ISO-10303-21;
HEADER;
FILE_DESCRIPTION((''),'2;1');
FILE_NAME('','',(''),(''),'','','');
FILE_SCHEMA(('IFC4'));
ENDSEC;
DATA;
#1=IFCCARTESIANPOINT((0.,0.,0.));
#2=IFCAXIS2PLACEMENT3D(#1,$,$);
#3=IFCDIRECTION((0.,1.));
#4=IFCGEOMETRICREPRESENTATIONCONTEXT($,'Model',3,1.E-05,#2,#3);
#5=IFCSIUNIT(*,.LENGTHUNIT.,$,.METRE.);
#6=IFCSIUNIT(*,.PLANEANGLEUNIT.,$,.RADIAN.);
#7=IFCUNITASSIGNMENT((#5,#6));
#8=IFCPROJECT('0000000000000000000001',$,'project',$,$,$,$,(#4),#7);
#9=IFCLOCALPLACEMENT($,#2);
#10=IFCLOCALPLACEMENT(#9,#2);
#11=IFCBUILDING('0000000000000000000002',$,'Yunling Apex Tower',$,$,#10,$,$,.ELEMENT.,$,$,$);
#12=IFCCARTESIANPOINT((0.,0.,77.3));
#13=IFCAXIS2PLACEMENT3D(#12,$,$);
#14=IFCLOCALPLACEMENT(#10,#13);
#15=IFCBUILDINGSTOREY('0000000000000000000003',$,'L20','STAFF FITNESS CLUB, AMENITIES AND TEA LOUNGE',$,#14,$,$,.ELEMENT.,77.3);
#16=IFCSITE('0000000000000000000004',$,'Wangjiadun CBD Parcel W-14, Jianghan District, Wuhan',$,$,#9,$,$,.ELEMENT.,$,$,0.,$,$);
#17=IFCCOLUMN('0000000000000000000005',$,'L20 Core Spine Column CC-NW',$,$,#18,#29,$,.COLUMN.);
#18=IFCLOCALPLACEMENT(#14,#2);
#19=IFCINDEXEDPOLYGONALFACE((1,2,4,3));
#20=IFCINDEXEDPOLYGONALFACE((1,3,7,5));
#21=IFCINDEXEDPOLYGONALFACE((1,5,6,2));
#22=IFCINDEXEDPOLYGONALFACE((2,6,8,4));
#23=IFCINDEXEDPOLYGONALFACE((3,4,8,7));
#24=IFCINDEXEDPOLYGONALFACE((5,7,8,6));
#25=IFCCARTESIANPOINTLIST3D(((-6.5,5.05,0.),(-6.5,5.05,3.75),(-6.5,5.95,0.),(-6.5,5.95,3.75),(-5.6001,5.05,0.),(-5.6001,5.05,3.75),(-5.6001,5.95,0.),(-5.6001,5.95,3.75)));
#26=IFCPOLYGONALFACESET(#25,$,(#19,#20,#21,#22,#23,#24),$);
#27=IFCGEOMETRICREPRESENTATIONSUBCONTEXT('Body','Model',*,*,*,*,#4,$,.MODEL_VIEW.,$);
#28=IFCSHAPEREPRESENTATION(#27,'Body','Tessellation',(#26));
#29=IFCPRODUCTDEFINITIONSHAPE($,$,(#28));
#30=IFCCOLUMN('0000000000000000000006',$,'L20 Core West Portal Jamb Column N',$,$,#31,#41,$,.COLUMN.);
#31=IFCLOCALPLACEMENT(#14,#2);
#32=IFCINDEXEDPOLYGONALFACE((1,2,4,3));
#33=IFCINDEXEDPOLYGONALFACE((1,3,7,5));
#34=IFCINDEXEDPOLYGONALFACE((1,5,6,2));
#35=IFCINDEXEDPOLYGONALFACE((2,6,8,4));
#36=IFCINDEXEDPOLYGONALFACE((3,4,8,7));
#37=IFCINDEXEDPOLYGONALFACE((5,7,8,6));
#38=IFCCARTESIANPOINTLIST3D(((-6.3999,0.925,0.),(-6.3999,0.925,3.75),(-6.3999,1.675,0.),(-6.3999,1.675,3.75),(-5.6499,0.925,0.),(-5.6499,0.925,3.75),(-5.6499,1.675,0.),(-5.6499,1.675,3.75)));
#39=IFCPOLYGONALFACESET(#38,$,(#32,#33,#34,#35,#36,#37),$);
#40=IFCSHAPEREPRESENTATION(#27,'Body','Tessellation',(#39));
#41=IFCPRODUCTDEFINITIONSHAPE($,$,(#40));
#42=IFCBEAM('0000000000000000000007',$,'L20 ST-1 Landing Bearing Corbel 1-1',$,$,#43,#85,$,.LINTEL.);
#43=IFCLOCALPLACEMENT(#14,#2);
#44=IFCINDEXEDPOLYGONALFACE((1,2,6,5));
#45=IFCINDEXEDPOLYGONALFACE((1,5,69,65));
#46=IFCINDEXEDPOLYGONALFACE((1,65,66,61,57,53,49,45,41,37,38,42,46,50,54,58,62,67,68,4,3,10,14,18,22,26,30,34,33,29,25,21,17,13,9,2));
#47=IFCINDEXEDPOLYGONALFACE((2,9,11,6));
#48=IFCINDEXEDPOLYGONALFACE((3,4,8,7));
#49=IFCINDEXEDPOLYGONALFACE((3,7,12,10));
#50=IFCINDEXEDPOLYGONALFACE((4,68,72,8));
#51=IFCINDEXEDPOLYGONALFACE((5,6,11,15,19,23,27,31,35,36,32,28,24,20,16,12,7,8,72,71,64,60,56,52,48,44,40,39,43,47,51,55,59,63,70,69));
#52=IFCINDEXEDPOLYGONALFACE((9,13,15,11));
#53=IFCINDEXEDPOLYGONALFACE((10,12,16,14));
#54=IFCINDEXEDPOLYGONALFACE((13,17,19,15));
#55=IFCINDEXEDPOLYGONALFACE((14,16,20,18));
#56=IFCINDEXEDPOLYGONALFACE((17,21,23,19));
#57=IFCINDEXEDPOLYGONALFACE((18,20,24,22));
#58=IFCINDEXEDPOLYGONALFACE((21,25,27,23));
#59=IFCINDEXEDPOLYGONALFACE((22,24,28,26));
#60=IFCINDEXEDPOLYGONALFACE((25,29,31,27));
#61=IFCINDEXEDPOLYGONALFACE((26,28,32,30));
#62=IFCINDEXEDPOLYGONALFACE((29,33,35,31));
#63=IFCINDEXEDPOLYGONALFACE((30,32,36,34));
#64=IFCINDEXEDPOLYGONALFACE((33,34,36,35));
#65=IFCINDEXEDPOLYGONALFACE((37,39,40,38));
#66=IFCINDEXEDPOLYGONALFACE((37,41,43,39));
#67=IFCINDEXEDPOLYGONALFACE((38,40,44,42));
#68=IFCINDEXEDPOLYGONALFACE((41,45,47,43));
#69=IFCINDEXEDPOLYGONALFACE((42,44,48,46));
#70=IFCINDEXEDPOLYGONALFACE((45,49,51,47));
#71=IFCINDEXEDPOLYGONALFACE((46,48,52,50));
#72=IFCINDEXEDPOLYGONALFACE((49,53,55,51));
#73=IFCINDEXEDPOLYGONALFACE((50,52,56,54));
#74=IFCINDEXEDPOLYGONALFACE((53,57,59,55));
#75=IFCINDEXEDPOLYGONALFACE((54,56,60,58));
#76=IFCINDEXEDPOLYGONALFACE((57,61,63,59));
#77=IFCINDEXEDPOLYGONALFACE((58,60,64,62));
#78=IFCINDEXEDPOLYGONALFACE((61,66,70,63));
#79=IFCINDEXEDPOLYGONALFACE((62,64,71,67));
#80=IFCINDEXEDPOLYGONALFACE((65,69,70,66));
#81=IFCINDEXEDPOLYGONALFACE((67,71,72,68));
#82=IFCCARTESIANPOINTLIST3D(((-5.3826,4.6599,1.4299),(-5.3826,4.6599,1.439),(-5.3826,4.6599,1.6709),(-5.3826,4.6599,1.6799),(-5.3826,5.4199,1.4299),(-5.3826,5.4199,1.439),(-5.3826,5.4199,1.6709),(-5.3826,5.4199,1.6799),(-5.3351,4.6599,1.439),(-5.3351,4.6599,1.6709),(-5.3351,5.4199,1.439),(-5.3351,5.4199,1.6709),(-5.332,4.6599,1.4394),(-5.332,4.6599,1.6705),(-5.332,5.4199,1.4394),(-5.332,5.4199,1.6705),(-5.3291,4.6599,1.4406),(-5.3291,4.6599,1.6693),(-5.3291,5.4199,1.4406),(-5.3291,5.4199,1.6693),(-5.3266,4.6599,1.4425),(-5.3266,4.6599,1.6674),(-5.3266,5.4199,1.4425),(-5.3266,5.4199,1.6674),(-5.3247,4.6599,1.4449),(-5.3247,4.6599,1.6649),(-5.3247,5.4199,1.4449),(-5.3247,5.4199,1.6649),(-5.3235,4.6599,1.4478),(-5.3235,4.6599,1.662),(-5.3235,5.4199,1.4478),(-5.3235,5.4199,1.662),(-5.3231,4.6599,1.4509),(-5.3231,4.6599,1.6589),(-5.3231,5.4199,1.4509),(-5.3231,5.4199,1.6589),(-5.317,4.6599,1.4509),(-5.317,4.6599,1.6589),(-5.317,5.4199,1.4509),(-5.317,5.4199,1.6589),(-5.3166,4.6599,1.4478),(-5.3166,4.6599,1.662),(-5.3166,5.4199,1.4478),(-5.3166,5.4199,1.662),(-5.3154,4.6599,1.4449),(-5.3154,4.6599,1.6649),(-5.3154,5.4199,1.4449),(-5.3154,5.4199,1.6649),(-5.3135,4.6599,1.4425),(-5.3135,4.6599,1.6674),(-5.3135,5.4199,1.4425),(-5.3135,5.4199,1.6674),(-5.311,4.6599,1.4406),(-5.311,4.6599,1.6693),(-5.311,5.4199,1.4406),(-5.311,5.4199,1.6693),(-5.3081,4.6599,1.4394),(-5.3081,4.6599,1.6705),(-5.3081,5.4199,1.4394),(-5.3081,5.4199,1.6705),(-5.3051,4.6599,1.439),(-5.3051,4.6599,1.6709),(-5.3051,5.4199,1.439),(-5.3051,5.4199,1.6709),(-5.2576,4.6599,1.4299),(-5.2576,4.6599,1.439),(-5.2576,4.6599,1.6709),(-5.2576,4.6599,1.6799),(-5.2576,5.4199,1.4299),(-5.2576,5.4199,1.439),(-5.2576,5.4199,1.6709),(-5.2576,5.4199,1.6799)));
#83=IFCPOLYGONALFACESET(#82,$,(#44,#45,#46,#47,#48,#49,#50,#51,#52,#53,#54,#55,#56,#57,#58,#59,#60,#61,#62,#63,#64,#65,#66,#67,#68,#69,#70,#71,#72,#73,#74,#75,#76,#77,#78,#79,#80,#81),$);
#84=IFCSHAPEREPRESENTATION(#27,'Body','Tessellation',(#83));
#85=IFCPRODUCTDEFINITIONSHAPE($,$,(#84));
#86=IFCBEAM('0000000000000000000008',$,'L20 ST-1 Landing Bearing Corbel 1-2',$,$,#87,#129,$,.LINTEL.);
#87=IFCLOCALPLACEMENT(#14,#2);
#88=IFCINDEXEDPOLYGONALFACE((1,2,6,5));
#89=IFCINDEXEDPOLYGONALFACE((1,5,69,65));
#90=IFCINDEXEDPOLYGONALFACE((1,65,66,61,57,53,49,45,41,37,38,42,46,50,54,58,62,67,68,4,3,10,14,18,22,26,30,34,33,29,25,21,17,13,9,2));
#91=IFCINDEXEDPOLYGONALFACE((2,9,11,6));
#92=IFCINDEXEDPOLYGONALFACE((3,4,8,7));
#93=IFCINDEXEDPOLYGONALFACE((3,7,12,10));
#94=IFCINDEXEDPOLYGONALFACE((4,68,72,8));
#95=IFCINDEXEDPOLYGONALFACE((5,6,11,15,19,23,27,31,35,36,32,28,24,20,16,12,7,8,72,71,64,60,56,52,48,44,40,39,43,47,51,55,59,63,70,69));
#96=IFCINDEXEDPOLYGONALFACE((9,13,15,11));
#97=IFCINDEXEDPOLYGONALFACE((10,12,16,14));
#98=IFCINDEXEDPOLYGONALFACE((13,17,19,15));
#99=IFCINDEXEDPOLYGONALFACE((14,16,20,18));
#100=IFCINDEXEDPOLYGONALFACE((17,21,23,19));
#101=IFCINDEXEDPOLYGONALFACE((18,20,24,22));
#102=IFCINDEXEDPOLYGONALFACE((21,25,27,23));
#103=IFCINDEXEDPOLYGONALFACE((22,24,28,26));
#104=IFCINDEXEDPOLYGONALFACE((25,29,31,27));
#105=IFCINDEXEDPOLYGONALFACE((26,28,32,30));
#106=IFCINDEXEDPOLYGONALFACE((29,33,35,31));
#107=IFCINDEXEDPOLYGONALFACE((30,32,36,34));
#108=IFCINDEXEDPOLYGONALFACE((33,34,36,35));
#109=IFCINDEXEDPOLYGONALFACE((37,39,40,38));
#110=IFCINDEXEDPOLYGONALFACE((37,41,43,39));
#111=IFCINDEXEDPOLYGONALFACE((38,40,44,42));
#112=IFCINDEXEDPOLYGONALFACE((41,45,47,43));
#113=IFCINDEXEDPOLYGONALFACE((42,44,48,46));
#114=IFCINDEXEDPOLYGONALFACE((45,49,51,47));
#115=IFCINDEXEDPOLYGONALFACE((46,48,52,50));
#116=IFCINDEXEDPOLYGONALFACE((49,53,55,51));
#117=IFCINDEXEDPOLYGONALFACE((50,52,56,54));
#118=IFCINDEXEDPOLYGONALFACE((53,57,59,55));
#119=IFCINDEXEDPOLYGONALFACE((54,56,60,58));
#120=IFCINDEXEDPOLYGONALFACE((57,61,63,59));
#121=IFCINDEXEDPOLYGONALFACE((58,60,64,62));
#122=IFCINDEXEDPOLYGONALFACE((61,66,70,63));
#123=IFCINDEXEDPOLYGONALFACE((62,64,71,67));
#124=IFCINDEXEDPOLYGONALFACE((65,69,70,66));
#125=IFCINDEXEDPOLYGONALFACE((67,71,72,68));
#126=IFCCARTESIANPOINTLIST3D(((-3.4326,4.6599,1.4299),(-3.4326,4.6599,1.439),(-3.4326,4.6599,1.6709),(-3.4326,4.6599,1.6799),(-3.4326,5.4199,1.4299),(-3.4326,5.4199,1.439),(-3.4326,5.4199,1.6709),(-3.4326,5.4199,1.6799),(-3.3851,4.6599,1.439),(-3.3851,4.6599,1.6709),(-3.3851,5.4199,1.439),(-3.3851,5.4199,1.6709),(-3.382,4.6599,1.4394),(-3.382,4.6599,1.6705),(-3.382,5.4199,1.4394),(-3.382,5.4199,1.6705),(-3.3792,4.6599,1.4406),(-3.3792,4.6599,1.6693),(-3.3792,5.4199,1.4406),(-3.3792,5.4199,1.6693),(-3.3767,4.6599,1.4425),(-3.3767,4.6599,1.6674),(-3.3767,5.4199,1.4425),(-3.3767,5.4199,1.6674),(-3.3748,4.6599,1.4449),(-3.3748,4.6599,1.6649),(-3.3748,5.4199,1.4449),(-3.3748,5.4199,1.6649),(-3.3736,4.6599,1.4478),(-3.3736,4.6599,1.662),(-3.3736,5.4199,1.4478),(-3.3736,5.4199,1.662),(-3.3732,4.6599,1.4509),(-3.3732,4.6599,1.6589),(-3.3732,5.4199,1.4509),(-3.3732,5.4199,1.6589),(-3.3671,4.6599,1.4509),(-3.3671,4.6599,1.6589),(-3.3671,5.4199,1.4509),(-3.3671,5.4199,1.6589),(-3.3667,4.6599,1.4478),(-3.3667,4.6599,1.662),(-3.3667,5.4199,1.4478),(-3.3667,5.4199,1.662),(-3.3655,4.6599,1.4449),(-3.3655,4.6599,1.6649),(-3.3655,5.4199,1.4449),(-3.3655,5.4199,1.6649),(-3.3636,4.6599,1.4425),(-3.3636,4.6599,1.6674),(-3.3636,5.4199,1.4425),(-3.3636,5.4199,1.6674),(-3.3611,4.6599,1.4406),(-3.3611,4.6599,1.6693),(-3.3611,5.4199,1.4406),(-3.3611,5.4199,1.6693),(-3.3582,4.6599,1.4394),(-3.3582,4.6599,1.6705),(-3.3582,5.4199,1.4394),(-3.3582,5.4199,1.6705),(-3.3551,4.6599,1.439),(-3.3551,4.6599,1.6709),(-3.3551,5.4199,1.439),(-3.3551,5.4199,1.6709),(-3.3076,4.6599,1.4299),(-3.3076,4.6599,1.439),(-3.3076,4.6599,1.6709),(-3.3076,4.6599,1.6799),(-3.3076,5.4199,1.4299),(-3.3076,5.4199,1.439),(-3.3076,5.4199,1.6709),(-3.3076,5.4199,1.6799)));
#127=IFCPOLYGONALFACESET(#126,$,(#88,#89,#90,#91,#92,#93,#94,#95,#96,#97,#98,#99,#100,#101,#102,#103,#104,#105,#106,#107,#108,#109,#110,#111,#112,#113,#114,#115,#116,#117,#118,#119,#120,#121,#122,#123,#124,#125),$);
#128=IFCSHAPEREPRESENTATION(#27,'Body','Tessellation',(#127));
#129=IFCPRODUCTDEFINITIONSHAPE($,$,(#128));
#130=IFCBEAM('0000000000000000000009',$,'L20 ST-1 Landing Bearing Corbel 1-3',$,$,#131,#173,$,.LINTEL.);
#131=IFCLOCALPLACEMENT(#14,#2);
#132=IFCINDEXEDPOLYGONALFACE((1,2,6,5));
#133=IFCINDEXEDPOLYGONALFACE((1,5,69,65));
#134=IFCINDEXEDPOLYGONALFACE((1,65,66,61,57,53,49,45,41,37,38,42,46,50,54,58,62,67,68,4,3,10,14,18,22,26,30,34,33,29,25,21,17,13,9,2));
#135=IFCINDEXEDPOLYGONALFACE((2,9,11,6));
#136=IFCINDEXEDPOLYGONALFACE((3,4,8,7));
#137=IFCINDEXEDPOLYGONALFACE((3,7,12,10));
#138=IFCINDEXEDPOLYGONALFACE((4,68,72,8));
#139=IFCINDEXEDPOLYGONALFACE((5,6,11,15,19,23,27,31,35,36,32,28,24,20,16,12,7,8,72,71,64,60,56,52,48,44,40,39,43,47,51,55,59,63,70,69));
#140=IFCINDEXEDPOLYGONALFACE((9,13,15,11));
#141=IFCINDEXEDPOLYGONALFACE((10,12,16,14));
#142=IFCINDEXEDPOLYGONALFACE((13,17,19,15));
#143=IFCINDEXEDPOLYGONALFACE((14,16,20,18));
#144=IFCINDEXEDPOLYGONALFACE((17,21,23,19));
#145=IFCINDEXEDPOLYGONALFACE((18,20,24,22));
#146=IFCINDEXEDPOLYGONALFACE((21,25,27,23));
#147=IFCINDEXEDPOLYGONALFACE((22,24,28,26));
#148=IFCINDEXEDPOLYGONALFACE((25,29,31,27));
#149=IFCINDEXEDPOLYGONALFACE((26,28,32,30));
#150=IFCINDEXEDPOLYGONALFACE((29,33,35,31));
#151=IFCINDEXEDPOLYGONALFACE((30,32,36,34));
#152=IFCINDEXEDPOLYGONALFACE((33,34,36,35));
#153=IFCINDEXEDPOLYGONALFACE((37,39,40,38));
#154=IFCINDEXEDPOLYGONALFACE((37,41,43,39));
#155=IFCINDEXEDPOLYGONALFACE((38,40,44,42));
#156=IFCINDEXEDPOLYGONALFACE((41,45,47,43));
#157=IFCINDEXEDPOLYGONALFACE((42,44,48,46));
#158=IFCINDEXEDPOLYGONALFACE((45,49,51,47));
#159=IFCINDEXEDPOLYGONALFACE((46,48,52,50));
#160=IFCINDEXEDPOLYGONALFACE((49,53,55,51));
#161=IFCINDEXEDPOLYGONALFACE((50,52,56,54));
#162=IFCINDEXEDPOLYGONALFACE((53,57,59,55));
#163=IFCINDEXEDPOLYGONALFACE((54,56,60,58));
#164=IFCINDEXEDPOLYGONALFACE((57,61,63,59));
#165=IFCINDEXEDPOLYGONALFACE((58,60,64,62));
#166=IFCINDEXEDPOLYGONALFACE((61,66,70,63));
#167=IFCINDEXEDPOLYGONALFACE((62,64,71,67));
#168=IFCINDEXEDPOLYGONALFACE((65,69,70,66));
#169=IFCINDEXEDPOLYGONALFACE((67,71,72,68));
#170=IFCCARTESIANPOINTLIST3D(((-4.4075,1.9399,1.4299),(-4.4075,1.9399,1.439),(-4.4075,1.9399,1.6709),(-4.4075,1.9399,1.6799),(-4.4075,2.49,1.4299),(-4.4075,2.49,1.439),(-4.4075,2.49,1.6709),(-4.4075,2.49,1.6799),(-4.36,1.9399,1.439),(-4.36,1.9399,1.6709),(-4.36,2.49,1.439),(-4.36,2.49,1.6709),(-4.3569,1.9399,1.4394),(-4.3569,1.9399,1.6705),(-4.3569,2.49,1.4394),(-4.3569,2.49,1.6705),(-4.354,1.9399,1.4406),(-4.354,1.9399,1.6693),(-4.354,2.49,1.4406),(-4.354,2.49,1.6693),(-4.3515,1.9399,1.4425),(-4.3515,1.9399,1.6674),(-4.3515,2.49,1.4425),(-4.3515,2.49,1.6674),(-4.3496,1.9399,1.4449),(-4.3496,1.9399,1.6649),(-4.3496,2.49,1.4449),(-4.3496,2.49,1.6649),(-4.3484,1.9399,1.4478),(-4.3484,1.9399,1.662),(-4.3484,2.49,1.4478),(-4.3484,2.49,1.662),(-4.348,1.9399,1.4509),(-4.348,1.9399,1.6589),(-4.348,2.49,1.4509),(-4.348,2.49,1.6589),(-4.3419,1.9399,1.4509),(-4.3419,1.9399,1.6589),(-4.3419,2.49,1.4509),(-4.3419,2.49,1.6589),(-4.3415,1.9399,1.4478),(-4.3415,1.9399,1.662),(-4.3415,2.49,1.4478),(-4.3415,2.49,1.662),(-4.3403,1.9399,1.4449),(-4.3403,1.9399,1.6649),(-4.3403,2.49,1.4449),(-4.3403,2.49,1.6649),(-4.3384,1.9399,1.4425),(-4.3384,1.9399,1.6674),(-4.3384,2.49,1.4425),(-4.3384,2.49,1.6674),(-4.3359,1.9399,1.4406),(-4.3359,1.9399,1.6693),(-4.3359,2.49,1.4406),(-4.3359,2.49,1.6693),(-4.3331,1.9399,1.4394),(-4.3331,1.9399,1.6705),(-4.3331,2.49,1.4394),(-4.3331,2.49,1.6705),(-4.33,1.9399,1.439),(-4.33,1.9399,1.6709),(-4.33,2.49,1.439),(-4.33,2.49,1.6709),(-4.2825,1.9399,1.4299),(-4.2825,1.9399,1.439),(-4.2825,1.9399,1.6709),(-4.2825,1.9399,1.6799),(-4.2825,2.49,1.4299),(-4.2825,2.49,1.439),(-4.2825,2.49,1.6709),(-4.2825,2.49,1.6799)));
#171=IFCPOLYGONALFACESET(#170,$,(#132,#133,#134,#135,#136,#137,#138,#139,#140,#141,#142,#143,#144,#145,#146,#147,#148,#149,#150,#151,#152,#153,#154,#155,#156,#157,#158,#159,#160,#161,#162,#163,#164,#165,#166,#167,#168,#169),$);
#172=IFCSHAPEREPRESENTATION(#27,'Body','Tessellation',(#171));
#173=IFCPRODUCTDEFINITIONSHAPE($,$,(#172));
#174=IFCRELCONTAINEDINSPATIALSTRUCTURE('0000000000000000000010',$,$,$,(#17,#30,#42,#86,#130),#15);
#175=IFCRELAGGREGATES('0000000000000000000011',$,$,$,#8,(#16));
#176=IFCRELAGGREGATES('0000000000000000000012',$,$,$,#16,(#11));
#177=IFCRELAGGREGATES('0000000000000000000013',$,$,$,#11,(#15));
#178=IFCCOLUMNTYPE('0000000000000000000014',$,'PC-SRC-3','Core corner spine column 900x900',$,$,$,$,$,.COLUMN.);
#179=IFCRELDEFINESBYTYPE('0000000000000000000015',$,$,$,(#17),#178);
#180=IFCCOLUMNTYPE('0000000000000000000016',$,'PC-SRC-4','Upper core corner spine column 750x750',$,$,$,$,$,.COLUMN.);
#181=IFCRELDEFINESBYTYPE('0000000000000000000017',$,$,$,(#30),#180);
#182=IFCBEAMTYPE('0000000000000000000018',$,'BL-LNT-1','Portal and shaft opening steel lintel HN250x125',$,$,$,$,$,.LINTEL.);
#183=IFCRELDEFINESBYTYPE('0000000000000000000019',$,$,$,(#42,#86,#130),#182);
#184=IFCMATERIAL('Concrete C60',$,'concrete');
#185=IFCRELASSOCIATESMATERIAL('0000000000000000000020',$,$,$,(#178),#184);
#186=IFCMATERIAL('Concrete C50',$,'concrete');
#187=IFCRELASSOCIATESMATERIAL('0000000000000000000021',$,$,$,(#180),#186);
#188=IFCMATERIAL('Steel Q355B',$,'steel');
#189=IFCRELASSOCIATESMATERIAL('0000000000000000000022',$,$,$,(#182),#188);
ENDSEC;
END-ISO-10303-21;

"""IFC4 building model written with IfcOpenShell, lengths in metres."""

from ifc_helpers import new_model, si_unit, direction, frame, origin, origin_2d, place, context, subcontext, project, spatial, rectangle, i_section, extrude, source, transform, mapped, material, material_profile, profile_set, type_object, element, save


model = new_model("IFC4")

# Units and contexts
model_context = context("Model", 3, precision=1e-05, world=origin(), true_north=direction((0.0, 1.0)))
body_context = subcontext(model_context, "Body", "Model", "MODEL_VIEW")
ifc_project = project(units=[si_unit("LENGTHUNIT", "METRE"), si_unit("PLANEANGLEUNIT", "RADIAN")], contexts=[model_context])

# Site, building, storey
site_placement = place(None, origin())
site = spatial("IfcSite", under=ifc_project, at=site_placement, Name="Wangjiadun CBD Parcel W-14, Jianghan District, Wuhan", CompositionType="ELEMENT", RefElevation=0.0)
building_placement = place(site_placement, origin())
building = spatial("IfcBuilding", under=site, at=building_placement, Name="Yunling Apex Tower", CompositionType="ELEMENT")
storey_placement = place(building_placement, frame((0.0, 0.0, 77.3)))
storey = spatial("IfcBuildingStorey", under=building, at=storey_placement, Name="L20", Description="STAFF FITNESS CLUB, AMENITIES AND TEA LOUNGE", CompositionType="ELEMENT", Elevation=77.3)

# Columns
ifc_material_1 = material(Name="Concrete C60", Category="concrete")
ifc_material_profile_1 = material_profile(ifc_material_1, rectangle(XDim=0.8999, YDim=0.8999, at=origin_2d()))
ifc_profile_set_1 = profile_set([ifc_material_profile_1], Name="Concrete C60")
column_type_1 = type_object("IfcColumnType", Name="PC-SRC-3", Description="Core corner spine column 900x900", PredefinedType="COLUMN", material=ifc_profile_set_1)
shared_shape_1 = source(origin(), body_context, "Body", "SweptSolid", [
    extrude(rectangle(XDim=0.8999, YDim=0.8999, at=origin_2d()), origin(), (0.0, 0.0, 1.0), 3.75),
])
column_1_placement = place(storey_placement, frame((-6.05, 5.5, 0.0), z_axis=(0.0, 0.0, 1.0), x_axis=(1.0, 0.0, 0.0)))
element("IfcColumn", 1, at=column_1_placement, inside=storey, type_object=column_type_1, Name="L20 Core Spine Column CC-NW", PredefinedType="COLUMN", context=body_context, shape_type="MappedRepresentation", body=[
    mapped(shared_shape_1, transform((0.0, 0.0, 0.0), scale=1.0)),
])
ifc_material_2 = material(Name="Concrete C50", Category="concrete")
ifc_material_profile_2 = material_profile(ifc_material_2, rectangle(XDim=0.75, YDim=0.75, at=origin_2d()))
ifc_profile_set_2 = profile_set([ifc_material_profile_2], Name="Concrete C50")
column_type_2 = type_object("IfcColumnType", Name="PC-SRC-4", Description="Upper core corner spine column 750x750", PredefinedType="COLUMN", material=ifc_profile_set_2)
shared_shape_2 = source(origin(), body_context, "Body", "SweptSolid", [
    extrude(rectangle(XDim=0.75, YDim=0.75, at=origin_2d()), origin(), (0.0, 0.0, 1.0), 3.75),
])
column_2_placement = place(storey_placement, frame((-6.0249, 1.3, 0.0), z_axis=(0.0, 0.0, 1.0), x_axis=(1.0, 0.0, 0.0)))
element("IfcColumn", 2, at=column_2_placement, inside=storey, type_object=column_type_2, Name="L20 Core West Portal Jamb Column N", PredefinedType="COLUMN", context=body_context, shape_type="MappedRepresentation", body=[
    mapped(shared_shape_2, transform((0.0, 0.0, 0.0), scale=1.0)),
])

# Beams
ifc_material_3 = material(Name="Steel Q355B", Category="steel")
ifc_material_profile_3 = material_profile(ifc_material_3, i_section(OverallWidth=0.125, OverallDepth=0.25, WebThickness=0.0061, FlangeThickness=0.009, FilletRadius=0.012, at=origin_2d()))
ifc_profile_set_3 = profile_set([ifc_material_profile_3], Name="Steel Q355B")
beam_type_1 = type_object("IfcBeamType", Name="BL-LNT-1", Description="Portal and shaft opening steel lintel HN250x125", PredefinedType="LINTEL", material=ifc_profile_set_3)
shared_shape_3 = source(origin(), body_context, "Body", "SweptSolid", [
    extrude(i_section(OverallWidth=0.125, OverallDepth=0.25, WebThickness=0.0061, FlangeThickness=0.009, FilletRadius=0.012, at=origin_2d()), origin(), (0.0, 0.0, 1.0), 0.76),
])
for number, where, z_axis, x_axis, name in (
    (3, (-5.3201, 5.4199, 1.5549), (0.0, -1.0, 0.0), (1.0, 0.0, 0.0), "L20 ST-1 Landing Bearing Corbel 1-1"),
    (4, (-3.3701, 5.4199, 1.5549), (0.0, -1.0, 0.0), (1.0, 0.0, 0.0), "L20 ST-1 Landing Bearing Corbel 1-2"),
):
    element("IfcBeam", number, at=place(storey_placement, frame(where, z_axis=z_axis, x_axis=x_axis)), inside=storey, type_object=beam_type_1, Name=name, PredefinedType="LINTEL", context=body_context, shape_type="MappedRepresentation", body=[
        mapped(shared_shape_3, transform((0.0, 0.0, 0.0), scale=1.0)),
    ])
shared_shape_4 = source(origin(), body_context, "Body", "SweptSolid", [
    extrude(i_section(OverallWidth=0.125, OverallDepth=0.25, WebThickness=0.0061, FlangeThickness=0.009, FilletRadius=0.012, at=origin_2d()), origin(), (0.0, 0.0, 1.0), 0.55),
])
beam_1_placement = place(storey_placement, frame((-4.345, 1.9399, 1.5549), z_axis=(0.0, 1.0, 0.0), x_axis=(-1.0, 0.0, 0.0)))
element("IfcBeam", 5, at=beam_1_placement, inside=storey, type_object=beam_type_1, Name="L20 ST-1 Landing Bearing Corbel 1-3", PredefinedType="LINTEL", context=body_context, shape_type="MappedRepresentation", body=[
    mapped(shared_shape_4, transform((0.0, 0.0, 0.0), scale=1.0)),
])

save(model, "model.ifc")
